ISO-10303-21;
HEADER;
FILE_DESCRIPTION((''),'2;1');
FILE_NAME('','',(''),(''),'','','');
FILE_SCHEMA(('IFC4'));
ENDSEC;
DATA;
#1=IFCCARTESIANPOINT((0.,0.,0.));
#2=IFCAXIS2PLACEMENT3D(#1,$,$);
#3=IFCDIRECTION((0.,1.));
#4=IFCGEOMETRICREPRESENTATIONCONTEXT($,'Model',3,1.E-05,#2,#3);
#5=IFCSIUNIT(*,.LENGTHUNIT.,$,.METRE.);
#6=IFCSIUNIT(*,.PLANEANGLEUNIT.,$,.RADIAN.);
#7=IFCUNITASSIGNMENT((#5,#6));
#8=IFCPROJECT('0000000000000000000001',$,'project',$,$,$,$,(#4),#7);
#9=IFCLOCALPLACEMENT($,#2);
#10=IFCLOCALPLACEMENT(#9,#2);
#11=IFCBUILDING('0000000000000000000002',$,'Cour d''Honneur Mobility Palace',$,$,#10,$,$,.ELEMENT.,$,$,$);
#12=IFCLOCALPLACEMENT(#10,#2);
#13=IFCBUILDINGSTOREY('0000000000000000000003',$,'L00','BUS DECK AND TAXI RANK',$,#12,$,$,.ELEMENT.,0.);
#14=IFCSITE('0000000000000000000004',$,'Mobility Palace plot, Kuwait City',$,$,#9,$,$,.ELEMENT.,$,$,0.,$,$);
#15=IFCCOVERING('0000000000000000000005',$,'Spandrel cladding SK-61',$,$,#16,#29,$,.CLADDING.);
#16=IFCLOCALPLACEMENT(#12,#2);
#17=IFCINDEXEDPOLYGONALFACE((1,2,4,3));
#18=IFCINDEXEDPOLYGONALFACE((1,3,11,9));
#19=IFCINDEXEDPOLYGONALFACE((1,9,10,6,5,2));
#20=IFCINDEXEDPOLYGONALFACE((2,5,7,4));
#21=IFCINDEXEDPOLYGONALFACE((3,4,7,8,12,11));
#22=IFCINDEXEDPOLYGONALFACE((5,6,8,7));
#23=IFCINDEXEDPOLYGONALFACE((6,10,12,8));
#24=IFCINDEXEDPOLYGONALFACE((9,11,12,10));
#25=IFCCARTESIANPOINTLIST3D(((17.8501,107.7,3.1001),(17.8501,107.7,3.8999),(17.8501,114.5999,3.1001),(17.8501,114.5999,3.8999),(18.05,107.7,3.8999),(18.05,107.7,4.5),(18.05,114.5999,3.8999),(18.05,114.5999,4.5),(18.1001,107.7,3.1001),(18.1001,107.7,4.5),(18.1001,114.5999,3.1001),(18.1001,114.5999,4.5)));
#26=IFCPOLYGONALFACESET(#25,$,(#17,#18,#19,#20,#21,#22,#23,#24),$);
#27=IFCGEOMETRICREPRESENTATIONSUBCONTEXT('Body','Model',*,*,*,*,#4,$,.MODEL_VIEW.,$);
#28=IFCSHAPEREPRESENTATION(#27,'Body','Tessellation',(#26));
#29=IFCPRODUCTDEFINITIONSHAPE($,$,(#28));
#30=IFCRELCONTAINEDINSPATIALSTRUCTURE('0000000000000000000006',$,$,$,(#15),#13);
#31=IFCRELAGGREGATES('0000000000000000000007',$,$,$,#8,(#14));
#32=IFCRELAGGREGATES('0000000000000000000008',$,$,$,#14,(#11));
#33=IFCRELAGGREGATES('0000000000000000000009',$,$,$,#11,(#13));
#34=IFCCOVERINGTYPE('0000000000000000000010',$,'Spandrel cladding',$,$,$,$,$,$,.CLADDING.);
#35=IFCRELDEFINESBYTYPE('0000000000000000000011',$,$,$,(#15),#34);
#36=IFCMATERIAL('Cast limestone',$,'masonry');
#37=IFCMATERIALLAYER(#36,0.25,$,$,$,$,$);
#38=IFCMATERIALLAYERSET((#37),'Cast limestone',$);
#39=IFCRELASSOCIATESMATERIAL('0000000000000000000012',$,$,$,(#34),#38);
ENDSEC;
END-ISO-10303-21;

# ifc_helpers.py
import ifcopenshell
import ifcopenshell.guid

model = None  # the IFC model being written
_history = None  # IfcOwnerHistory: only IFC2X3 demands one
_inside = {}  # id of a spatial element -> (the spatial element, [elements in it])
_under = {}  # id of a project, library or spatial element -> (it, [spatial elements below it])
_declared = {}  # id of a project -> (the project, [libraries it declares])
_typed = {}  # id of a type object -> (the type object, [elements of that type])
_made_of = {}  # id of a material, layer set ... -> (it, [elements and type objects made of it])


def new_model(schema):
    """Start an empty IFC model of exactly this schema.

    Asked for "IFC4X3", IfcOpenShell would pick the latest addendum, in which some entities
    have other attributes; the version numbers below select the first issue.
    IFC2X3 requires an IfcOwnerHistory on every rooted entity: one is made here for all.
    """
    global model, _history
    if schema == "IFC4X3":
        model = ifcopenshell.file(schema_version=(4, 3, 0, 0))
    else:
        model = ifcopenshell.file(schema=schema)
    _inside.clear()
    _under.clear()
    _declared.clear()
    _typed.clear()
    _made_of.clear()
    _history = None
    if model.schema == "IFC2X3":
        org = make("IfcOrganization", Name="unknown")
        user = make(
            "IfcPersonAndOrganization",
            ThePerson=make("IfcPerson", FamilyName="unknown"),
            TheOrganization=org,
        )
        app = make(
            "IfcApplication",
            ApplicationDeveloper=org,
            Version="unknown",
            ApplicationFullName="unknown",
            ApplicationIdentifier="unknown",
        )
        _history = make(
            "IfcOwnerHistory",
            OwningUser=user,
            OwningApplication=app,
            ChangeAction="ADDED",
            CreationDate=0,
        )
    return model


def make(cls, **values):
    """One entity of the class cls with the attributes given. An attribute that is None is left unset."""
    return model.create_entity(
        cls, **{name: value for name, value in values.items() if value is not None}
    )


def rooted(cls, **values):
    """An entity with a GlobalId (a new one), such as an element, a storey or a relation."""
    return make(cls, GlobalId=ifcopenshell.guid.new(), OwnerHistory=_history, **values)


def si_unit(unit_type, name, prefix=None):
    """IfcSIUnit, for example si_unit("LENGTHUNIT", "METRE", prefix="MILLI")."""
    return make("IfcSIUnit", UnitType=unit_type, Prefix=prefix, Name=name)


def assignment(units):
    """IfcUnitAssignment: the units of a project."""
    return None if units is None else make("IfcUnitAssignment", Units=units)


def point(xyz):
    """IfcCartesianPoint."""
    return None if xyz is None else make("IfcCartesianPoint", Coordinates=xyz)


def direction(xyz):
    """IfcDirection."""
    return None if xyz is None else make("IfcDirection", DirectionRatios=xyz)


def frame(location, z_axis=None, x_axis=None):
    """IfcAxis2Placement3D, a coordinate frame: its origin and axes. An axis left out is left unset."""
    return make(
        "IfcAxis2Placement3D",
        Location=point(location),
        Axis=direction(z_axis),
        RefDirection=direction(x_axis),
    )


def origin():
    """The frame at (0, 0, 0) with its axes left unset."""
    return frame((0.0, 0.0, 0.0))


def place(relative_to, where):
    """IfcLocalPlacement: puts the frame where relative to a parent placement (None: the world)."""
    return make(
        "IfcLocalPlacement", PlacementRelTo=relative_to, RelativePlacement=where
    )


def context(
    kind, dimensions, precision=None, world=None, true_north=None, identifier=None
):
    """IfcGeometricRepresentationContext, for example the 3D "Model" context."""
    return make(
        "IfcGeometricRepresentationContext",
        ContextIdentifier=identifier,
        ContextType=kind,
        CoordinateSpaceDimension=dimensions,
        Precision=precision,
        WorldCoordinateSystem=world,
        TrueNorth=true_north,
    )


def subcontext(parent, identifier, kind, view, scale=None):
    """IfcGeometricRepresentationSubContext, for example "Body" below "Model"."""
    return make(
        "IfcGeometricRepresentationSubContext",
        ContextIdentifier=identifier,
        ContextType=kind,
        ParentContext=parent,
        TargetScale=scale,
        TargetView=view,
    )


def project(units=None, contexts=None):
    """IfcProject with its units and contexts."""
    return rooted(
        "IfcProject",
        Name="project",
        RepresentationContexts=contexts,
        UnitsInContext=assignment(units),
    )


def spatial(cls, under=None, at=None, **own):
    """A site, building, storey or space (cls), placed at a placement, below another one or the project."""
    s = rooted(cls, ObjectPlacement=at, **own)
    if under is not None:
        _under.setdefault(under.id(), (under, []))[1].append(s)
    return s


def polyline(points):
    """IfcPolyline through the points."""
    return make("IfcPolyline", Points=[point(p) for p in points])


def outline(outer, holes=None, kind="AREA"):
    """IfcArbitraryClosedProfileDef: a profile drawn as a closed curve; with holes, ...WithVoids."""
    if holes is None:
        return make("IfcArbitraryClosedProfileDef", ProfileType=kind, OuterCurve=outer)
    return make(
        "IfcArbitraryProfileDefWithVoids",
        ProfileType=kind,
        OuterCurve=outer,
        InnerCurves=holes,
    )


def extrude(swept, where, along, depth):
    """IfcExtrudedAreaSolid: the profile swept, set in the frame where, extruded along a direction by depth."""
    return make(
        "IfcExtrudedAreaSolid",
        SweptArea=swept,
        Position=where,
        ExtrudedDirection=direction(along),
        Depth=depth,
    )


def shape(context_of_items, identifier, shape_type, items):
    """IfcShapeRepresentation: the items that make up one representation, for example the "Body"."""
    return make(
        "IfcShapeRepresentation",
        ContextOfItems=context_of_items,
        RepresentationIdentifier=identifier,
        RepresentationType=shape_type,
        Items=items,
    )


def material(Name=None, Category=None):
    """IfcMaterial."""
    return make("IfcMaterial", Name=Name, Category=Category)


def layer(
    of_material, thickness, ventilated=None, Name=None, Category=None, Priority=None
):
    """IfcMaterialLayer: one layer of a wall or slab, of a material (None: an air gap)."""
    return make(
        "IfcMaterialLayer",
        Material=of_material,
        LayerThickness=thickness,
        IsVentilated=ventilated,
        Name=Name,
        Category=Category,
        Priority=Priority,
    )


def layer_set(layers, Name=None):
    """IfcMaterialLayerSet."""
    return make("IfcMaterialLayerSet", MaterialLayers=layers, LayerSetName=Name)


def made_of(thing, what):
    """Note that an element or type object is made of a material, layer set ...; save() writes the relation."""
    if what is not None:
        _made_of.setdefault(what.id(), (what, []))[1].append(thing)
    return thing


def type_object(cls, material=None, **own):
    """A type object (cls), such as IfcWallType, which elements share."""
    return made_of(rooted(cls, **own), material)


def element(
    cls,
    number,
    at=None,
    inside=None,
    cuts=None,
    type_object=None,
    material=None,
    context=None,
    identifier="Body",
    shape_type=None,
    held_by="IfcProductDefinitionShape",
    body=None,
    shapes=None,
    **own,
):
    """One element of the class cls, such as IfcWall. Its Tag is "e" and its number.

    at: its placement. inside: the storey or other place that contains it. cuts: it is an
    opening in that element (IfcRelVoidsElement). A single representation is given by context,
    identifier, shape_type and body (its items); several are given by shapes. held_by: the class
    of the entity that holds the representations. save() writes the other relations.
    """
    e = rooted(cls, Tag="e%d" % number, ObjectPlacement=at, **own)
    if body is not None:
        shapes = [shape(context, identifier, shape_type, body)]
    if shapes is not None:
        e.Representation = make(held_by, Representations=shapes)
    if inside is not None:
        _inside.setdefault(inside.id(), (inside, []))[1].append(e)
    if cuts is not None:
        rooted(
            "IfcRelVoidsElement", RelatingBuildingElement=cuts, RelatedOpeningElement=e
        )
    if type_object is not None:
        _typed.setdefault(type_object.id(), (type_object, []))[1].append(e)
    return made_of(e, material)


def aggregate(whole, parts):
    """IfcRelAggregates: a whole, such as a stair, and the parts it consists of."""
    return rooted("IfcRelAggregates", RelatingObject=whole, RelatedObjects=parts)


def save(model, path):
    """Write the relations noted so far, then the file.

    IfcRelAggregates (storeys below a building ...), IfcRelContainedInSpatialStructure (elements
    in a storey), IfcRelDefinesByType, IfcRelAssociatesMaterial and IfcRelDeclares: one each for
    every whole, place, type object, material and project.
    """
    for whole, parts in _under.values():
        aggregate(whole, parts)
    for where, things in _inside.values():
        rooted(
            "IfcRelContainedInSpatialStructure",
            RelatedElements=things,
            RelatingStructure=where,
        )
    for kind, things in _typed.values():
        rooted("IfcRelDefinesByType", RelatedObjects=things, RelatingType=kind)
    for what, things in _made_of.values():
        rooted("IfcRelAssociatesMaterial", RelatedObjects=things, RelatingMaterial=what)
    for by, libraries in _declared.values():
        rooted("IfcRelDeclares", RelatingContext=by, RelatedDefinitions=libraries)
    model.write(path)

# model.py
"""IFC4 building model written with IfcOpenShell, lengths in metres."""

from ifc_helpers import new_model, si_unit, direction, frame, origin, place, context, subcontext, project, spatial, polyline, outline, extrude, material, layer, layer_set, type_object, element, save


model = new_model("IFC4")

# Units and contexts
model_context = context("Model", 3, precision=1e-05, world=origin(), true_north=direction((0.0, 1.0)))
body_context = subcontext(model_context, "Body", "Model", "MODEL_VIEW")
ifc_project = project(units=[si_unit("LENGTHUNIT", "METRE"), si_unit("PLANEANGLEUNIT", "RADIAN")], contexts=[model_context])

# Site, building, storey
site_placement = place(None, origin())
site = spatial("IfcSite", under=ifc_project, at=site_placement, Name="Mobility Palace plot, Kuwait City", CompositionType="ELEMENT", RefElevation=0.0)
building_placement = place(site_placement, origin())
building = spatial("IfcBuilding", under=site, at=building_placement, Name="Cour d'Honneur Mobility Palace", CompositionType="ELEMENT")
storey_placement = place(building_placement, origin())
storey = spatial("IfcBuildingStorey", under=building, at=storey_placement, Name="L00", Description="BUS DECK AND TAXI RANK", CompositionType="ELEMENT", Elevation=0.0)

# Covering
ifc_material_1 = material(Name="Cast limestone", Category="masonry")
ifc_layer_1 = layer(ifc_material_1, 0.25)
ifc_layer_set_1 = layer_set([ifc_layer_1], Name="Cast limestone")
covering_type_1 = type_object("IfcCoveringType", Name="Spandrel cladding", PredefinedType="CLADDING", material=ifc_layer_set_1)
covering_1_placement = place(storey_placement, frame((17.8501, 107.7, 3.1001), z_axis=(0.0, -1.0, 0.0), x_axis=(1.0, 0.0, 0.0)))
element("IfcCovering", 1, at=covering_1_placement, inside=storey, type_object=covering_type_1, Name="Spandrel cladding SK-61", PredefinedType="CLADDING", context=body_context, shape_type="SweptSolid", body=[
    extrude(outline(polyline([(0.0, 0.0), (0.25, 0.0), (0.25, 1.3999), (0.2, 1.3999), (0.2, 0.7998), (0.0, 0.7998), (0.0, 0.0)])), origin(), (0.0, 0.0, -1.0), 6.8999),
])

save(model, "model.ifc")
